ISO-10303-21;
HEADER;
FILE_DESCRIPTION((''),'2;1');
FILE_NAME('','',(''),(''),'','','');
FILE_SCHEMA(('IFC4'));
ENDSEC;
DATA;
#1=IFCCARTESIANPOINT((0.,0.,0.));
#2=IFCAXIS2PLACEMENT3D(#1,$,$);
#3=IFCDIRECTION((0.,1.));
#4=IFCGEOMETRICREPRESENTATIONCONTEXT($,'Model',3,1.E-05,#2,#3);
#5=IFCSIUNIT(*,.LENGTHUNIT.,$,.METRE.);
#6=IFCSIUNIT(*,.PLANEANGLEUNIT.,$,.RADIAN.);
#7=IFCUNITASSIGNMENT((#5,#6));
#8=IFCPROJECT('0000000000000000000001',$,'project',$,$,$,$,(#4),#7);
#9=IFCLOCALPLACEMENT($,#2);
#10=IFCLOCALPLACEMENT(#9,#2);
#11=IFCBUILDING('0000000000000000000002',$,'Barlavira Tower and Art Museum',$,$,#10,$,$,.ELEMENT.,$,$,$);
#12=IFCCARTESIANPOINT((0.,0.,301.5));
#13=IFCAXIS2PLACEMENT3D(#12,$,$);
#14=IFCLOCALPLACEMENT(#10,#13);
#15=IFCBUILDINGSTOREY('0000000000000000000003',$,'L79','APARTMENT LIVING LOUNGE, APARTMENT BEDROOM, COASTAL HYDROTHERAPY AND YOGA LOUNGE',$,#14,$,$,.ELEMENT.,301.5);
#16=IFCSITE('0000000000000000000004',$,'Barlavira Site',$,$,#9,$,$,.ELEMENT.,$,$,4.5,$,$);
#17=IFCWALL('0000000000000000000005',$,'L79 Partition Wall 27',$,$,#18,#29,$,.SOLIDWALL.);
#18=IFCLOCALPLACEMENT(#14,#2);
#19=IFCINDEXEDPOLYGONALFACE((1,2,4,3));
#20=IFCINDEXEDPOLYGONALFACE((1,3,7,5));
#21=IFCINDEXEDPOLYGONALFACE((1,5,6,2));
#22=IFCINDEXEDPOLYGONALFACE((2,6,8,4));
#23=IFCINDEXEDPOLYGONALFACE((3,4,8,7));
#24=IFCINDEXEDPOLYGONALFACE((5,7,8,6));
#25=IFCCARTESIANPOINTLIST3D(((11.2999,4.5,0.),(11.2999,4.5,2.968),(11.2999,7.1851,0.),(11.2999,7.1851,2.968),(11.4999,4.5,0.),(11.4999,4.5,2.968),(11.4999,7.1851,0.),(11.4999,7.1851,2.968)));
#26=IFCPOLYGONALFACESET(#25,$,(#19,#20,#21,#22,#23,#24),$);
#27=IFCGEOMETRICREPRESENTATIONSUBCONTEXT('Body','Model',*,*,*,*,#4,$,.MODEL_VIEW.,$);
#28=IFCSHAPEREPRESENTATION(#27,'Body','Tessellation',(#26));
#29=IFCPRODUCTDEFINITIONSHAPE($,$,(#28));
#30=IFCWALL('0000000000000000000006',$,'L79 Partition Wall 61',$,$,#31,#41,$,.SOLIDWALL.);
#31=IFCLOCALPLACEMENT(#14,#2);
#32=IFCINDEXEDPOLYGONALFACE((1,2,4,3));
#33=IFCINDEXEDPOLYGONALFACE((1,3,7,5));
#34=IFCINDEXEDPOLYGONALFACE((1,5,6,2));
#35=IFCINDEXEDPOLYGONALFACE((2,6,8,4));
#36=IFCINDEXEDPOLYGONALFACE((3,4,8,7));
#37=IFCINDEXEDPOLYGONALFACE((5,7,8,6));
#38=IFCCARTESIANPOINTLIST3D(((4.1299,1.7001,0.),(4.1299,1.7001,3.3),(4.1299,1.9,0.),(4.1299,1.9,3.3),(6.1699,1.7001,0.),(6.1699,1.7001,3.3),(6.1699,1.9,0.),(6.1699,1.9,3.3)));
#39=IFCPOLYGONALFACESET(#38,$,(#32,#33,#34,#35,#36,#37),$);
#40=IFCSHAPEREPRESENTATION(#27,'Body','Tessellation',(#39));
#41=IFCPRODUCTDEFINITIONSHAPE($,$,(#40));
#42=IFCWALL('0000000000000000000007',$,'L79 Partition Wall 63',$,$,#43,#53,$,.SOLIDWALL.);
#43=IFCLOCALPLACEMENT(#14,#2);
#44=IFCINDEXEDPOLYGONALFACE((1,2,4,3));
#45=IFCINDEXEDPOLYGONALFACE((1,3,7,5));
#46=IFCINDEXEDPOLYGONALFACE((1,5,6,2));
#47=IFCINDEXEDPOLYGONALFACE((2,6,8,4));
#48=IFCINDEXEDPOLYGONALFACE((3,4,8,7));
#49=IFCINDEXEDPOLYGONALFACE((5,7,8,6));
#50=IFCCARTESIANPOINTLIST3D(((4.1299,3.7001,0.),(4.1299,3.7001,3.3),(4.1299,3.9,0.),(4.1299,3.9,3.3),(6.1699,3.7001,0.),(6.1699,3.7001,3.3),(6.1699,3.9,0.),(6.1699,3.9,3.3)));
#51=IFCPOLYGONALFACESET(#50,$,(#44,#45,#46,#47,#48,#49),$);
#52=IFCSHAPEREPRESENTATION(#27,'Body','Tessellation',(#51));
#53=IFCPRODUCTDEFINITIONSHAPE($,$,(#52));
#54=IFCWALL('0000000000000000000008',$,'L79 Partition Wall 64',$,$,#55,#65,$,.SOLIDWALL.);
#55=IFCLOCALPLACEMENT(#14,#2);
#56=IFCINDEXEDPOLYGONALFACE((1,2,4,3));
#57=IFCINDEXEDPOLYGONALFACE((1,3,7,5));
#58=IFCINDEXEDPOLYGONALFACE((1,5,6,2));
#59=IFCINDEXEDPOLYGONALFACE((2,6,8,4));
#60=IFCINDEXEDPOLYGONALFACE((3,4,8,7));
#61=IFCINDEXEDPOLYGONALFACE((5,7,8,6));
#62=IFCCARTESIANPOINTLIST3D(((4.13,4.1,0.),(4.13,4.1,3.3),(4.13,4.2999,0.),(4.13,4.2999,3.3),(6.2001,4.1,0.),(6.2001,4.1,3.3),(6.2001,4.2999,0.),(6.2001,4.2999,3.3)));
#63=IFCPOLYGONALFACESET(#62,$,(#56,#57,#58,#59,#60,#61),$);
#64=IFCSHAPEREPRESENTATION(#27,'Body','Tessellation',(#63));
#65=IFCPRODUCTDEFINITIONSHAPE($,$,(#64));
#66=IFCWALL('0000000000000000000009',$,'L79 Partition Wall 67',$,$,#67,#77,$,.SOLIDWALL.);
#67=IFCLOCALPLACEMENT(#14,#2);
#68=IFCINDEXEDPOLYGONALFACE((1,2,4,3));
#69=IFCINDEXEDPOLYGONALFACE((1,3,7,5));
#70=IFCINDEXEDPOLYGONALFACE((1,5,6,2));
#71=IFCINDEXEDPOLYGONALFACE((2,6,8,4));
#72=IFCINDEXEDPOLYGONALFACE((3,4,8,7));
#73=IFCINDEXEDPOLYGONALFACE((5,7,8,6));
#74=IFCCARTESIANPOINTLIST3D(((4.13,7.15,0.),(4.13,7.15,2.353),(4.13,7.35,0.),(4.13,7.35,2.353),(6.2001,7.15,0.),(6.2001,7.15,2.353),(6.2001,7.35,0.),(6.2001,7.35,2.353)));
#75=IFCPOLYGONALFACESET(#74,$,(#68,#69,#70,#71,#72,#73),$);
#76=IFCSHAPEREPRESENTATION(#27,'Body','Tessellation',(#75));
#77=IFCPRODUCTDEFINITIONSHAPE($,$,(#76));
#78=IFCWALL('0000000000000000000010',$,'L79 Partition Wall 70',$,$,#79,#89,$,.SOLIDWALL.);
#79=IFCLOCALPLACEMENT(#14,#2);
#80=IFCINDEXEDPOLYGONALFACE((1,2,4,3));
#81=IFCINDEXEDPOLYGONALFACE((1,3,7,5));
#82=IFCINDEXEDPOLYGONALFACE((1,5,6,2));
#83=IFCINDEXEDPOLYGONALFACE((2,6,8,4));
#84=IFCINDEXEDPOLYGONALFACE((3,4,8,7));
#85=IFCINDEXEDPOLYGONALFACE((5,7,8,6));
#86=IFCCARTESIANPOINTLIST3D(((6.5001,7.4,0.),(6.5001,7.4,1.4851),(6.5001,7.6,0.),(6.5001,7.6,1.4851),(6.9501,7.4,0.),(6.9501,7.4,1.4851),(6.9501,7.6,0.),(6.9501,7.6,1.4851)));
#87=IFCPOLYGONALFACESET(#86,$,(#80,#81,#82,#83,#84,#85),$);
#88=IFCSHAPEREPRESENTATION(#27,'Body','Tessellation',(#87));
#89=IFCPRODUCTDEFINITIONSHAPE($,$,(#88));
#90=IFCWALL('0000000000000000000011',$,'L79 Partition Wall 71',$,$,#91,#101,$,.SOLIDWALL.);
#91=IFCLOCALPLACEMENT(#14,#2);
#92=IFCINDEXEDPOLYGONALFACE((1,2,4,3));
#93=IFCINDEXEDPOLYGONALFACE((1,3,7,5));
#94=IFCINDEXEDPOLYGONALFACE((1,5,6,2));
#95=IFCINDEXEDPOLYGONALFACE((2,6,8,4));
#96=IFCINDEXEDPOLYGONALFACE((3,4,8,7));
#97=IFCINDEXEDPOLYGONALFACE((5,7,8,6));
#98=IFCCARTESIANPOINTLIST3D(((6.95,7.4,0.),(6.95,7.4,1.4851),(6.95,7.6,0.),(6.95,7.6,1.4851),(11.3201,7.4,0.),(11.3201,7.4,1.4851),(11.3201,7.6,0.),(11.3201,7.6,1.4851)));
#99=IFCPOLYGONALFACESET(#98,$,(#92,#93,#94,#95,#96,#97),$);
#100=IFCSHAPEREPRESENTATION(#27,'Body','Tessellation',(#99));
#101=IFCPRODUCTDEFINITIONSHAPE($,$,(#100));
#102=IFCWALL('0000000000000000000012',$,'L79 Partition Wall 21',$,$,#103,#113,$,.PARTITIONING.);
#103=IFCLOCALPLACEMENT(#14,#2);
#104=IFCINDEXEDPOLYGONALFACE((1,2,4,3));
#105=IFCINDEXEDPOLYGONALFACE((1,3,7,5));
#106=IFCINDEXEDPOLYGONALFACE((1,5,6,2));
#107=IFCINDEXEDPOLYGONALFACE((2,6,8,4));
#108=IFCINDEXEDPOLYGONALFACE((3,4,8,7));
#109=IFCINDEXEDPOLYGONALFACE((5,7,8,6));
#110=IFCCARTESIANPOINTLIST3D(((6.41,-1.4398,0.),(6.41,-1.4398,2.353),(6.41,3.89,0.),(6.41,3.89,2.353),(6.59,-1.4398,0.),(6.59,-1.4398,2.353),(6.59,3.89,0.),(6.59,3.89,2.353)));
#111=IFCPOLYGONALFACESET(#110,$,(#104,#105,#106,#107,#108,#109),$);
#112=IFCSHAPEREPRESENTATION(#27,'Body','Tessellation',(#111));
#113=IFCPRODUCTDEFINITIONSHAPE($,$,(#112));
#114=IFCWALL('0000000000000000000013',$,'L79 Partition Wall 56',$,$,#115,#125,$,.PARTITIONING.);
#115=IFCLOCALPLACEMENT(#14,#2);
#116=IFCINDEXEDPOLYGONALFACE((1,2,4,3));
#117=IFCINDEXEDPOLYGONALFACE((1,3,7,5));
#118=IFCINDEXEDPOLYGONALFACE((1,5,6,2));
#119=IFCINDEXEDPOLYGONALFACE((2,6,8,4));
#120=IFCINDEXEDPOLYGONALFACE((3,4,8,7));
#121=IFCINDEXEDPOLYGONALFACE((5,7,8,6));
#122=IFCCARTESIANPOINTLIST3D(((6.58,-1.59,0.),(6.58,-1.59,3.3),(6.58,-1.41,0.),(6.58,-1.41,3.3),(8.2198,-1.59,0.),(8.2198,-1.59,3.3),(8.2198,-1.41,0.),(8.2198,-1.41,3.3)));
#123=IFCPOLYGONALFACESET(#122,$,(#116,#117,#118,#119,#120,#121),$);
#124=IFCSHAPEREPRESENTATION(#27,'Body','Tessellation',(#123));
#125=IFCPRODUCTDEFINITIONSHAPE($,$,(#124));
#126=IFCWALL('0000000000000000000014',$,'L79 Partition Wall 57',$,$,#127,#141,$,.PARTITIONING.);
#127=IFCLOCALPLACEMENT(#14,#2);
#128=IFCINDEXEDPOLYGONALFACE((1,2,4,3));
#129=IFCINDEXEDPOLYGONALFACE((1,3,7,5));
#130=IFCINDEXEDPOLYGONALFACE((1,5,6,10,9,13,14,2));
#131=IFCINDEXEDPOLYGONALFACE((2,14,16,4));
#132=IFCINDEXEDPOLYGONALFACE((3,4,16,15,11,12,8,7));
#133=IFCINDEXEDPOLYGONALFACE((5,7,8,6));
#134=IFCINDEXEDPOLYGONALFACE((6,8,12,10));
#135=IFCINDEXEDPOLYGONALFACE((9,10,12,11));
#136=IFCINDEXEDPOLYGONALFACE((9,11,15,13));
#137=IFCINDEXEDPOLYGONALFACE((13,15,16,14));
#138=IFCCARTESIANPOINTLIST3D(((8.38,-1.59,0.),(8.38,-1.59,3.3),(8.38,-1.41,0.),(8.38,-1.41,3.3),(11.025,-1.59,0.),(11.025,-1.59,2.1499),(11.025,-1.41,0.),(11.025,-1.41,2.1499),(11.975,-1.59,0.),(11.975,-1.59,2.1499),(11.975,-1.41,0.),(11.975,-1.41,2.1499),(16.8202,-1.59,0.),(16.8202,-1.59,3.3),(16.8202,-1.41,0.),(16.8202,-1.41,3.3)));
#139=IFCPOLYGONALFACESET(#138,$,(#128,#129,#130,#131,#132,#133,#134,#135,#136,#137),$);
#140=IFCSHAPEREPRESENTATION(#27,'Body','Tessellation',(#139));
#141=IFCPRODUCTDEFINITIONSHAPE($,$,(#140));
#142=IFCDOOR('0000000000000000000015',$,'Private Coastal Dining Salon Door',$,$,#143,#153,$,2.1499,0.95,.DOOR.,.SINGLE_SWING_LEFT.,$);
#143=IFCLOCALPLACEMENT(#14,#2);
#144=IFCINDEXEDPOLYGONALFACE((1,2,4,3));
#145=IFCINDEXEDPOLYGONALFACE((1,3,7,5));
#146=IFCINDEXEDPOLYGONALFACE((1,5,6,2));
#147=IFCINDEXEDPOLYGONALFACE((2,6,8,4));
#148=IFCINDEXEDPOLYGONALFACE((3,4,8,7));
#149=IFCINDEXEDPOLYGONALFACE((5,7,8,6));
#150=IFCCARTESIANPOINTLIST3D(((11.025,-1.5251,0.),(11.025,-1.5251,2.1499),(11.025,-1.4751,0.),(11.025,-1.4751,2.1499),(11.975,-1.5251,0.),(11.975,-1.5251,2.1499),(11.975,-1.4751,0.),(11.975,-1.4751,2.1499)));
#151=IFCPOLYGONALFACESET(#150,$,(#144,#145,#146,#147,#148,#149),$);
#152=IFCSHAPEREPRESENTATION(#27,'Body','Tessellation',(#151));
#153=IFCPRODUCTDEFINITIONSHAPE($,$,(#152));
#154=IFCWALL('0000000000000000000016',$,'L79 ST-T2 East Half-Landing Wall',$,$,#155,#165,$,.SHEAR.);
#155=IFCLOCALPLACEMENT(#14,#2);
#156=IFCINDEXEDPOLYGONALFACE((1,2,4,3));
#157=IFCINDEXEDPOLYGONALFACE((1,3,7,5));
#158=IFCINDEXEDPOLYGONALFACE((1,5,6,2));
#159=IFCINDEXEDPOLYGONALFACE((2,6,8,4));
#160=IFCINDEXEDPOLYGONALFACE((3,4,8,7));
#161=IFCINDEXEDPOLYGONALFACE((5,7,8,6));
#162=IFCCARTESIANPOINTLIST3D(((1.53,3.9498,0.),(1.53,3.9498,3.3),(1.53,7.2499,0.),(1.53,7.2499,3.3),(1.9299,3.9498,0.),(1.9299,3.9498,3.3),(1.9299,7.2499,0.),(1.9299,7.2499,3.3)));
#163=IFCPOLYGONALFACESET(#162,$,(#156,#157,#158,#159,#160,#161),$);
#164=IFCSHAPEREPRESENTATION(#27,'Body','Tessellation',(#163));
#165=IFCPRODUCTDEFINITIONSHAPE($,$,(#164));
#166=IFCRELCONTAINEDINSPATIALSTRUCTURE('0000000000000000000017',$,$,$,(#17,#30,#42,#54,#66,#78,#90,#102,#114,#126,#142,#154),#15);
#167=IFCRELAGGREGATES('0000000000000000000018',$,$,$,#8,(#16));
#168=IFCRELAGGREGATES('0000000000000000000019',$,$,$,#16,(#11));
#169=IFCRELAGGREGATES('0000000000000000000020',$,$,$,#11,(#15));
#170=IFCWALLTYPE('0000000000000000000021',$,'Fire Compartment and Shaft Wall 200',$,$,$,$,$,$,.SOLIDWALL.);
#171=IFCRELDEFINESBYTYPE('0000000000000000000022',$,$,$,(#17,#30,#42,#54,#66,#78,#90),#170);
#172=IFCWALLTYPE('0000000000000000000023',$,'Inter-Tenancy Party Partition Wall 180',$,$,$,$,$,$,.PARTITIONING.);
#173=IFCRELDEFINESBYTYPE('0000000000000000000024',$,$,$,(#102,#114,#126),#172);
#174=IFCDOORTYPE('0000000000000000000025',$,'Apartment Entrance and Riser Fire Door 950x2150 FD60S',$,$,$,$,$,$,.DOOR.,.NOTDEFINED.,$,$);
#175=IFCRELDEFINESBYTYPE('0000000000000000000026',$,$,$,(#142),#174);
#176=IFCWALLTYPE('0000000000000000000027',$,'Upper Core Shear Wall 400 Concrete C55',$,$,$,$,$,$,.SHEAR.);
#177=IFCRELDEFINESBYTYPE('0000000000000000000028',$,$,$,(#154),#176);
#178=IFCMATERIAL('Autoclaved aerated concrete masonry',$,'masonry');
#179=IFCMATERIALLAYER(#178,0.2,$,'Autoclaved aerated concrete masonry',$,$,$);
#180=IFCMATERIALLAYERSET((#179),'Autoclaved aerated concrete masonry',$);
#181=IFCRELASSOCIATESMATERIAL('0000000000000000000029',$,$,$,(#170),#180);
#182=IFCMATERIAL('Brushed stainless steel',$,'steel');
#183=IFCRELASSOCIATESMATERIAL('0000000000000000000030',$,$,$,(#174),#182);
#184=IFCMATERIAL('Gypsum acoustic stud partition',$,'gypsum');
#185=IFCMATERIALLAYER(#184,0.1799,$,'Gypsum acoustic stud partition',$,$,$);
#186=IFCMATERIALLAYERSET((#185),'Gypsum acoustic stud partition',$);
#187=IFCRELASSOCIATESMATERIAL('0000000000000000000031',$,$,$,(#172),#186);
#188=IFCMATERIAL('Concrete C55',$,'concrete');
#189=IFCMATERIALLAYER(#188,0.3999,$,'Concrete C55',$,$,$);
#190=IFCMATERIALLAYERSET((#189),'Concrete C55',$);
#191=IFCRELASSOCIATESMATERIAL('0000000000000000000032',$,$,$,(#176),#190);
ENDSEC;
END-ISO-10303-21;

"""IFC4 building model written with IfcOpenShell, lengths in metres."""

from ifc_helpers import new_model, si_unit, direction, frame, frame_2d, origin, place, context, subcontext, project, spatial, rectangle, extrude, material, layer, layer_set, type_object, element, fill, save


model = new_model("IFC4")

# Units and contexts
model_context = context("Model", 3, precision=1e-05, world=origin(), true_north=direction((0.0, 1.0)))
body_context = subcontext(model_context, "Body", "Model", "MODEL_VIEW")
ifc_project = project(units=[si_unit("LENGTHUNIT", "METRE"), si_unit("PLANEANGLEUNIT", "RADIAN")], contexts=[model_context])

# Site, building, storey
site_placement = place(None, origin())
site = spatial("IfcSite", under=ifc_project, at=site_placement, Name="Barlavira Site", CompositionType="ELEMENT", RefElevation=4.5)
building_placement = place(site_placement, origin())
building = spatial("IfcBuilding", under=site, at=building_placement, Name="Barlavira Tower and Art Museum", CompositionType="ELEMENT")
storey_placement = place(building_placement, frame((0.0, 0.0, 301.5)))
storey = spatial("IfcBuildingStorey", under=building, at=storey_placement, Name="L79", Description="APARTMENT LIVING LOUNGE, APARTMENT BEDROOM, COASTAL HYDROTHERAPY AND YOGA LOUNGE", CompositionType="ELEMENT", Elevation=301.5)

# Shared definitions
ifc_material_1 = material(Name="Autoclaved aerated concrete masonry", Category="masonry")
ifc_layer_1 = layer(ifc_material_1, 0.2, Name="Autoclaved aerated concrete masonry")
ifc_layer_set_1 = layer_set([ifc_layer_1], Name="Autoclaved aerated concrete masonry")
wall_type_1 = type_object("IfcWallType", Name="Fire Compartment and Shaft Wall 200", PredefinedType="SOLIDWALL", material=ifc_layer_set_1)

# Shared definitions
ifc_material_2 = material(Name="Brushed stainless steel", Category="steel")
door_type = type_object("IfcDoorType", Name="Apartment Entrance and Riser Fire Door 950x2150 FD60S", OperationType="NOTDEFINED", PredefinedType="DOOR", material=ifc_material_2)

# Walls
wall_1_placement = place(storey_placement, frame((11.3999, 4.5, 0.0), z_axis=(0.0, 0.0, 1.0), x_axis=(0.0, 1.0, 0.0)))
element("IfcWall", 1, at=wall_1_placement, inside=storey, type_object=wall_type_1, Name="L79 Partition Wall 27", PredefinedType="SOLIDWALL", context=body_context, shape_type="SweptSolid", body=[
    extrude(rectangle(XDim=2.6851, YDim=0.2, at=frame_2d((1.3425, 0.0))), origin(), (0.0, 0.0, 1.0), 2.968),
])
for number, where, z_axis, x_axis, name in (
    (2, (4.1299, 1.8, 0.0), (0.0, 0.0, 1.0), (1.0, 0.0, 0.0), "L79 Partition Wall 61"),
    (3, (4.1299, 3.8, 0.0), (0.0, 0.0, 1.0), (1.0, 0.0, 0.0), "L79 Partition Wall 63"),
):
    element("IfcWall", number, at=place(storey_placement, frame(where, z_axis=z_axis, x_axis=x_axis)), inside=storey, type_object=wall_type_1, Name=name, PredefinedType="SOLIDWALL", context=body_context, shape_type="SweptSolid", body=[
        extrude(rectangle(XDim=2.04, YDim=0.2, at=frame_2d((1.02, 0.0))), origin(), (0.0, 0.0, 1.0), 3.3),
    ])
wall_2_placement = place(storey_placement, frame((4.1299, 4.2, 0.0), z_axis=(0.0, 0.0, 1.0), x_axis=(1.0, 0.0, 0.0)))
element("IfcWall", 4, at=wall_2_placement, inside=storey, type_object=wall_type_1, Name="L79 Partition Wall 64", PredefinedType="SOLIDWALL", context=body_context, shape_type="SweptSolid", body=[
    extrude(rectangle(XDim=2.0701, YDim=0.2, at=frame_2d((1.0352, 0.0))), origin(), (0.0, 0.0, 1.0), 3.3),
])

# Walls
wall_3_placement = place(storey_placement, frame((4.1299, 7.25, 0.0), z_axis=(0.0, 0.0, 1.0), x_axis=(1.0, 0.0, 0.0)))
element("IfcWall", 5, at=wall_3_placement, inside=storey, type_object=wall_type_1, Name="L79 Partition Wall 67", PredefinedType="SOLIDWALL", context=body_context, shape_type="SweptSolid", body=[
    extrude(rectangle(XDim=2.0701, YDim=0.2, at=frame_2d((1.0352, 0.0))), origin(), (0.0, 0.0, 1.0), 2.353),
])
wall_4_placement = place(storey_placement, frame((6.5, 7.5, 0.0), z_axis=(0.0, 0.0, 1.0), x_axis=(1.0, 0.0, 0.0)))
element("IfcWall", 6, at=wall_4_placement, inside=storey, type_object=wall_type_1, Name="L79 Partition Wall 70", PredefinedType="SOLIDWALL", context=body_context, shape_type="SweptSolid", body=[
    extrude(rectangle(XDim=0.45, YDim=0.2, at=frame_2d((0.2251, 0.0))), origin(), (0.0, 0.0, 1.0), 1.4851),
])
wall_5_placement = place(storey_placement, frame((6.95, 7.5, 0.0), z_axis=(0.0, 0.0, 1.0), x_axis=(1.0, 0.0, 0.0)))
element("IfcWall", 7, at=wall_5_placement, inside=storey, type_object=wall_type_1, Name="L79 Partition Wall 71", PredefinedType="SOLIDWALL", context=body_context, shape_type="SweptSolid", body=[
    extrude(rectangle(XDim=4.3701, YDim=0.2, at=frame_2d((2.1851, 0.0))), origin(), (0.0, 0.0, 1.0), 1.4851),
])
ifc_material_3 = material(Name="Gypsum acoustic stud partition", Category="gypsum")
ifc_layer_2 = layer(ifc_material_3, 0.1799, Name="Gypsum acoustic stud partition")
ifc_layer_set_2 = layer_set([ifc_layer_2], Name="Gypsum acoustic stud partition")
wall_type_2 = type_object("IfcWallType", Name="Inter-Tenancy Party Partition Wall 180", PredefinedType="PARTITIONING", material=ifc_layer_set_2)
wall_6_placement = place(storey_placement, frame((6.5, -1.4399, 0.0), z_axis=(0.0, 0.0, 1.0), x_axis=(0.0, 1.0, 0.0)))
element("IfcWall", 8, at=wall_6_placement, inside=storey, type_object=wall_type_2, Name="L79 Partition Wall 21", PredefinedType="PARTITIONING", context=body_context, shape_type="SweptSolid", body=[
    extrude(rectangle(XDim=5.3298, YDim=0.1799, at=frame_2d((2.665, 0.0))), origin(), (0.0, 0.0, 1.0), 2.353),
])
wall_7_placement = place(storey_placement, frame((6.5801, -1.5, 0.0), z_axis=(0.0, 0.0, 1.0), x_axis=(1.0, 0.0, 0.0)))
element("IfcWall", 9, at=wall_7_placement, inside=storey, type_object=wall_type_2, Name="L79 Partition Wall 56", PredefinedType="PARTITIONING", context=body_context, shape_type="SweptSolid", body=[
    extrude(rectangle(XDim=1.6399, YDim=0.1799, at=frame_2d((0.8198, 0.0))), origin(), (0.0, 0.0, 1.0), 3.3),
])

# Wall, opening, door
wall_8_placement = place(storey_placement, frame((8.3799, -1.5, 0.0), z_axis=(0.0, 0.0, 1.0), x_axis=(1.0, 0.0, 0.0)))
wall_8 = element("IfcWall", 10, at=wall_8_placement, inside=storey, type_object=wall_type_2, Name="L79 Partition Wall 57", PredefinedType="PARTITIONING", context=body_context, shape_type="SweptSolid", body=[
    extrude(rectangle(XDim=8.4402, YDim=0.1799, at=frame_2d((4.2202, 0.0))), origin(), (0.0, 0.0, 1.0), 3.3),
])
opening_1_placement = place(wall_8_placement, frame((2.645, 0.0, 0.0)))
opening_1 = element("IfcOpeningElement", 11, at=opening_1_placement, cuts=wall_8, PredefinedType="OPENING", context=body_context, shape_type="SweptSolid", body=[
    extrude(rectangle(XDim=0.95, YDim=2.1499, at=frame_2d((0.4751, 1.075))), frame((0.0, 0.1001, 0.0), z_axis=(0.0, -1.0, 0.0), x_axis=(1.0, 0.0, 0.0)), (0.0, 0.0, 1.0), 0.2),
])
door_1_placement = place(opening_1_placement, origin())
door_1 = element("IfcDoor", 12, at=door_1_placement, inside=storey, type_object=door_type, Name="Private Coastal Dining Salon Door", OperationType="SINGLE_SWING_LEFT", OverallHeight=2.1499, OverallWidth=0.95, PredefinedType="DOOR", context=body_context, shape_type="SweptSolid", body=[
    extrude(rectangle(XDim=0.95, YDim=2.1499, at=frame_2d((0.4751, 1.075))), frame((0.0, 0.0249, 0.0), z_axis=(0.0, -1.0, 0.0), x_axis=(1.0, 0.0, 0.0)), (0.0, 0.0, 1.0), 0.05),
])
fill(opening_1, door_1)

# Wall
ifc_material_4 = material(Name="Concrete C55", Category="concrete")
ifc_layer_3 = layer(ifc_material_4, 0.3999, Name="Concrete C55")
ifc_layer_set_3 = layer_set([ifc_layer_3], Name="Concrete C55")
wall_type_3 = type_object("IfcWallType", Name="Upper Core Shear Wall 400 Concrete C55", PredefinedType="SHEAR", material=ifc_layer_set_3)
wall_9_placement = place(storey_placement, frame((1.73, 3.95, 0.0), z_axis=(0.0, 0.0, 1.0), x_axis=(0.0, 1.0, 0.0)))
element("IfcWall", 13, at=wall_9_placement, inside=storey, type_object=wall_type_3, Name="L79 ST-T2 East Half-Landing Wall", PredefinedType="SHEAR", context=body_context, shape_type="SweptSolid", body=[
    extrude(rectangle(XDim=3.3, YDim=0.3999, at=frame_2d((1.6499, 0.0))), origin(), (0.0, 0.0, 1.0), 3.3),
])

save(model, "model.ifc")
